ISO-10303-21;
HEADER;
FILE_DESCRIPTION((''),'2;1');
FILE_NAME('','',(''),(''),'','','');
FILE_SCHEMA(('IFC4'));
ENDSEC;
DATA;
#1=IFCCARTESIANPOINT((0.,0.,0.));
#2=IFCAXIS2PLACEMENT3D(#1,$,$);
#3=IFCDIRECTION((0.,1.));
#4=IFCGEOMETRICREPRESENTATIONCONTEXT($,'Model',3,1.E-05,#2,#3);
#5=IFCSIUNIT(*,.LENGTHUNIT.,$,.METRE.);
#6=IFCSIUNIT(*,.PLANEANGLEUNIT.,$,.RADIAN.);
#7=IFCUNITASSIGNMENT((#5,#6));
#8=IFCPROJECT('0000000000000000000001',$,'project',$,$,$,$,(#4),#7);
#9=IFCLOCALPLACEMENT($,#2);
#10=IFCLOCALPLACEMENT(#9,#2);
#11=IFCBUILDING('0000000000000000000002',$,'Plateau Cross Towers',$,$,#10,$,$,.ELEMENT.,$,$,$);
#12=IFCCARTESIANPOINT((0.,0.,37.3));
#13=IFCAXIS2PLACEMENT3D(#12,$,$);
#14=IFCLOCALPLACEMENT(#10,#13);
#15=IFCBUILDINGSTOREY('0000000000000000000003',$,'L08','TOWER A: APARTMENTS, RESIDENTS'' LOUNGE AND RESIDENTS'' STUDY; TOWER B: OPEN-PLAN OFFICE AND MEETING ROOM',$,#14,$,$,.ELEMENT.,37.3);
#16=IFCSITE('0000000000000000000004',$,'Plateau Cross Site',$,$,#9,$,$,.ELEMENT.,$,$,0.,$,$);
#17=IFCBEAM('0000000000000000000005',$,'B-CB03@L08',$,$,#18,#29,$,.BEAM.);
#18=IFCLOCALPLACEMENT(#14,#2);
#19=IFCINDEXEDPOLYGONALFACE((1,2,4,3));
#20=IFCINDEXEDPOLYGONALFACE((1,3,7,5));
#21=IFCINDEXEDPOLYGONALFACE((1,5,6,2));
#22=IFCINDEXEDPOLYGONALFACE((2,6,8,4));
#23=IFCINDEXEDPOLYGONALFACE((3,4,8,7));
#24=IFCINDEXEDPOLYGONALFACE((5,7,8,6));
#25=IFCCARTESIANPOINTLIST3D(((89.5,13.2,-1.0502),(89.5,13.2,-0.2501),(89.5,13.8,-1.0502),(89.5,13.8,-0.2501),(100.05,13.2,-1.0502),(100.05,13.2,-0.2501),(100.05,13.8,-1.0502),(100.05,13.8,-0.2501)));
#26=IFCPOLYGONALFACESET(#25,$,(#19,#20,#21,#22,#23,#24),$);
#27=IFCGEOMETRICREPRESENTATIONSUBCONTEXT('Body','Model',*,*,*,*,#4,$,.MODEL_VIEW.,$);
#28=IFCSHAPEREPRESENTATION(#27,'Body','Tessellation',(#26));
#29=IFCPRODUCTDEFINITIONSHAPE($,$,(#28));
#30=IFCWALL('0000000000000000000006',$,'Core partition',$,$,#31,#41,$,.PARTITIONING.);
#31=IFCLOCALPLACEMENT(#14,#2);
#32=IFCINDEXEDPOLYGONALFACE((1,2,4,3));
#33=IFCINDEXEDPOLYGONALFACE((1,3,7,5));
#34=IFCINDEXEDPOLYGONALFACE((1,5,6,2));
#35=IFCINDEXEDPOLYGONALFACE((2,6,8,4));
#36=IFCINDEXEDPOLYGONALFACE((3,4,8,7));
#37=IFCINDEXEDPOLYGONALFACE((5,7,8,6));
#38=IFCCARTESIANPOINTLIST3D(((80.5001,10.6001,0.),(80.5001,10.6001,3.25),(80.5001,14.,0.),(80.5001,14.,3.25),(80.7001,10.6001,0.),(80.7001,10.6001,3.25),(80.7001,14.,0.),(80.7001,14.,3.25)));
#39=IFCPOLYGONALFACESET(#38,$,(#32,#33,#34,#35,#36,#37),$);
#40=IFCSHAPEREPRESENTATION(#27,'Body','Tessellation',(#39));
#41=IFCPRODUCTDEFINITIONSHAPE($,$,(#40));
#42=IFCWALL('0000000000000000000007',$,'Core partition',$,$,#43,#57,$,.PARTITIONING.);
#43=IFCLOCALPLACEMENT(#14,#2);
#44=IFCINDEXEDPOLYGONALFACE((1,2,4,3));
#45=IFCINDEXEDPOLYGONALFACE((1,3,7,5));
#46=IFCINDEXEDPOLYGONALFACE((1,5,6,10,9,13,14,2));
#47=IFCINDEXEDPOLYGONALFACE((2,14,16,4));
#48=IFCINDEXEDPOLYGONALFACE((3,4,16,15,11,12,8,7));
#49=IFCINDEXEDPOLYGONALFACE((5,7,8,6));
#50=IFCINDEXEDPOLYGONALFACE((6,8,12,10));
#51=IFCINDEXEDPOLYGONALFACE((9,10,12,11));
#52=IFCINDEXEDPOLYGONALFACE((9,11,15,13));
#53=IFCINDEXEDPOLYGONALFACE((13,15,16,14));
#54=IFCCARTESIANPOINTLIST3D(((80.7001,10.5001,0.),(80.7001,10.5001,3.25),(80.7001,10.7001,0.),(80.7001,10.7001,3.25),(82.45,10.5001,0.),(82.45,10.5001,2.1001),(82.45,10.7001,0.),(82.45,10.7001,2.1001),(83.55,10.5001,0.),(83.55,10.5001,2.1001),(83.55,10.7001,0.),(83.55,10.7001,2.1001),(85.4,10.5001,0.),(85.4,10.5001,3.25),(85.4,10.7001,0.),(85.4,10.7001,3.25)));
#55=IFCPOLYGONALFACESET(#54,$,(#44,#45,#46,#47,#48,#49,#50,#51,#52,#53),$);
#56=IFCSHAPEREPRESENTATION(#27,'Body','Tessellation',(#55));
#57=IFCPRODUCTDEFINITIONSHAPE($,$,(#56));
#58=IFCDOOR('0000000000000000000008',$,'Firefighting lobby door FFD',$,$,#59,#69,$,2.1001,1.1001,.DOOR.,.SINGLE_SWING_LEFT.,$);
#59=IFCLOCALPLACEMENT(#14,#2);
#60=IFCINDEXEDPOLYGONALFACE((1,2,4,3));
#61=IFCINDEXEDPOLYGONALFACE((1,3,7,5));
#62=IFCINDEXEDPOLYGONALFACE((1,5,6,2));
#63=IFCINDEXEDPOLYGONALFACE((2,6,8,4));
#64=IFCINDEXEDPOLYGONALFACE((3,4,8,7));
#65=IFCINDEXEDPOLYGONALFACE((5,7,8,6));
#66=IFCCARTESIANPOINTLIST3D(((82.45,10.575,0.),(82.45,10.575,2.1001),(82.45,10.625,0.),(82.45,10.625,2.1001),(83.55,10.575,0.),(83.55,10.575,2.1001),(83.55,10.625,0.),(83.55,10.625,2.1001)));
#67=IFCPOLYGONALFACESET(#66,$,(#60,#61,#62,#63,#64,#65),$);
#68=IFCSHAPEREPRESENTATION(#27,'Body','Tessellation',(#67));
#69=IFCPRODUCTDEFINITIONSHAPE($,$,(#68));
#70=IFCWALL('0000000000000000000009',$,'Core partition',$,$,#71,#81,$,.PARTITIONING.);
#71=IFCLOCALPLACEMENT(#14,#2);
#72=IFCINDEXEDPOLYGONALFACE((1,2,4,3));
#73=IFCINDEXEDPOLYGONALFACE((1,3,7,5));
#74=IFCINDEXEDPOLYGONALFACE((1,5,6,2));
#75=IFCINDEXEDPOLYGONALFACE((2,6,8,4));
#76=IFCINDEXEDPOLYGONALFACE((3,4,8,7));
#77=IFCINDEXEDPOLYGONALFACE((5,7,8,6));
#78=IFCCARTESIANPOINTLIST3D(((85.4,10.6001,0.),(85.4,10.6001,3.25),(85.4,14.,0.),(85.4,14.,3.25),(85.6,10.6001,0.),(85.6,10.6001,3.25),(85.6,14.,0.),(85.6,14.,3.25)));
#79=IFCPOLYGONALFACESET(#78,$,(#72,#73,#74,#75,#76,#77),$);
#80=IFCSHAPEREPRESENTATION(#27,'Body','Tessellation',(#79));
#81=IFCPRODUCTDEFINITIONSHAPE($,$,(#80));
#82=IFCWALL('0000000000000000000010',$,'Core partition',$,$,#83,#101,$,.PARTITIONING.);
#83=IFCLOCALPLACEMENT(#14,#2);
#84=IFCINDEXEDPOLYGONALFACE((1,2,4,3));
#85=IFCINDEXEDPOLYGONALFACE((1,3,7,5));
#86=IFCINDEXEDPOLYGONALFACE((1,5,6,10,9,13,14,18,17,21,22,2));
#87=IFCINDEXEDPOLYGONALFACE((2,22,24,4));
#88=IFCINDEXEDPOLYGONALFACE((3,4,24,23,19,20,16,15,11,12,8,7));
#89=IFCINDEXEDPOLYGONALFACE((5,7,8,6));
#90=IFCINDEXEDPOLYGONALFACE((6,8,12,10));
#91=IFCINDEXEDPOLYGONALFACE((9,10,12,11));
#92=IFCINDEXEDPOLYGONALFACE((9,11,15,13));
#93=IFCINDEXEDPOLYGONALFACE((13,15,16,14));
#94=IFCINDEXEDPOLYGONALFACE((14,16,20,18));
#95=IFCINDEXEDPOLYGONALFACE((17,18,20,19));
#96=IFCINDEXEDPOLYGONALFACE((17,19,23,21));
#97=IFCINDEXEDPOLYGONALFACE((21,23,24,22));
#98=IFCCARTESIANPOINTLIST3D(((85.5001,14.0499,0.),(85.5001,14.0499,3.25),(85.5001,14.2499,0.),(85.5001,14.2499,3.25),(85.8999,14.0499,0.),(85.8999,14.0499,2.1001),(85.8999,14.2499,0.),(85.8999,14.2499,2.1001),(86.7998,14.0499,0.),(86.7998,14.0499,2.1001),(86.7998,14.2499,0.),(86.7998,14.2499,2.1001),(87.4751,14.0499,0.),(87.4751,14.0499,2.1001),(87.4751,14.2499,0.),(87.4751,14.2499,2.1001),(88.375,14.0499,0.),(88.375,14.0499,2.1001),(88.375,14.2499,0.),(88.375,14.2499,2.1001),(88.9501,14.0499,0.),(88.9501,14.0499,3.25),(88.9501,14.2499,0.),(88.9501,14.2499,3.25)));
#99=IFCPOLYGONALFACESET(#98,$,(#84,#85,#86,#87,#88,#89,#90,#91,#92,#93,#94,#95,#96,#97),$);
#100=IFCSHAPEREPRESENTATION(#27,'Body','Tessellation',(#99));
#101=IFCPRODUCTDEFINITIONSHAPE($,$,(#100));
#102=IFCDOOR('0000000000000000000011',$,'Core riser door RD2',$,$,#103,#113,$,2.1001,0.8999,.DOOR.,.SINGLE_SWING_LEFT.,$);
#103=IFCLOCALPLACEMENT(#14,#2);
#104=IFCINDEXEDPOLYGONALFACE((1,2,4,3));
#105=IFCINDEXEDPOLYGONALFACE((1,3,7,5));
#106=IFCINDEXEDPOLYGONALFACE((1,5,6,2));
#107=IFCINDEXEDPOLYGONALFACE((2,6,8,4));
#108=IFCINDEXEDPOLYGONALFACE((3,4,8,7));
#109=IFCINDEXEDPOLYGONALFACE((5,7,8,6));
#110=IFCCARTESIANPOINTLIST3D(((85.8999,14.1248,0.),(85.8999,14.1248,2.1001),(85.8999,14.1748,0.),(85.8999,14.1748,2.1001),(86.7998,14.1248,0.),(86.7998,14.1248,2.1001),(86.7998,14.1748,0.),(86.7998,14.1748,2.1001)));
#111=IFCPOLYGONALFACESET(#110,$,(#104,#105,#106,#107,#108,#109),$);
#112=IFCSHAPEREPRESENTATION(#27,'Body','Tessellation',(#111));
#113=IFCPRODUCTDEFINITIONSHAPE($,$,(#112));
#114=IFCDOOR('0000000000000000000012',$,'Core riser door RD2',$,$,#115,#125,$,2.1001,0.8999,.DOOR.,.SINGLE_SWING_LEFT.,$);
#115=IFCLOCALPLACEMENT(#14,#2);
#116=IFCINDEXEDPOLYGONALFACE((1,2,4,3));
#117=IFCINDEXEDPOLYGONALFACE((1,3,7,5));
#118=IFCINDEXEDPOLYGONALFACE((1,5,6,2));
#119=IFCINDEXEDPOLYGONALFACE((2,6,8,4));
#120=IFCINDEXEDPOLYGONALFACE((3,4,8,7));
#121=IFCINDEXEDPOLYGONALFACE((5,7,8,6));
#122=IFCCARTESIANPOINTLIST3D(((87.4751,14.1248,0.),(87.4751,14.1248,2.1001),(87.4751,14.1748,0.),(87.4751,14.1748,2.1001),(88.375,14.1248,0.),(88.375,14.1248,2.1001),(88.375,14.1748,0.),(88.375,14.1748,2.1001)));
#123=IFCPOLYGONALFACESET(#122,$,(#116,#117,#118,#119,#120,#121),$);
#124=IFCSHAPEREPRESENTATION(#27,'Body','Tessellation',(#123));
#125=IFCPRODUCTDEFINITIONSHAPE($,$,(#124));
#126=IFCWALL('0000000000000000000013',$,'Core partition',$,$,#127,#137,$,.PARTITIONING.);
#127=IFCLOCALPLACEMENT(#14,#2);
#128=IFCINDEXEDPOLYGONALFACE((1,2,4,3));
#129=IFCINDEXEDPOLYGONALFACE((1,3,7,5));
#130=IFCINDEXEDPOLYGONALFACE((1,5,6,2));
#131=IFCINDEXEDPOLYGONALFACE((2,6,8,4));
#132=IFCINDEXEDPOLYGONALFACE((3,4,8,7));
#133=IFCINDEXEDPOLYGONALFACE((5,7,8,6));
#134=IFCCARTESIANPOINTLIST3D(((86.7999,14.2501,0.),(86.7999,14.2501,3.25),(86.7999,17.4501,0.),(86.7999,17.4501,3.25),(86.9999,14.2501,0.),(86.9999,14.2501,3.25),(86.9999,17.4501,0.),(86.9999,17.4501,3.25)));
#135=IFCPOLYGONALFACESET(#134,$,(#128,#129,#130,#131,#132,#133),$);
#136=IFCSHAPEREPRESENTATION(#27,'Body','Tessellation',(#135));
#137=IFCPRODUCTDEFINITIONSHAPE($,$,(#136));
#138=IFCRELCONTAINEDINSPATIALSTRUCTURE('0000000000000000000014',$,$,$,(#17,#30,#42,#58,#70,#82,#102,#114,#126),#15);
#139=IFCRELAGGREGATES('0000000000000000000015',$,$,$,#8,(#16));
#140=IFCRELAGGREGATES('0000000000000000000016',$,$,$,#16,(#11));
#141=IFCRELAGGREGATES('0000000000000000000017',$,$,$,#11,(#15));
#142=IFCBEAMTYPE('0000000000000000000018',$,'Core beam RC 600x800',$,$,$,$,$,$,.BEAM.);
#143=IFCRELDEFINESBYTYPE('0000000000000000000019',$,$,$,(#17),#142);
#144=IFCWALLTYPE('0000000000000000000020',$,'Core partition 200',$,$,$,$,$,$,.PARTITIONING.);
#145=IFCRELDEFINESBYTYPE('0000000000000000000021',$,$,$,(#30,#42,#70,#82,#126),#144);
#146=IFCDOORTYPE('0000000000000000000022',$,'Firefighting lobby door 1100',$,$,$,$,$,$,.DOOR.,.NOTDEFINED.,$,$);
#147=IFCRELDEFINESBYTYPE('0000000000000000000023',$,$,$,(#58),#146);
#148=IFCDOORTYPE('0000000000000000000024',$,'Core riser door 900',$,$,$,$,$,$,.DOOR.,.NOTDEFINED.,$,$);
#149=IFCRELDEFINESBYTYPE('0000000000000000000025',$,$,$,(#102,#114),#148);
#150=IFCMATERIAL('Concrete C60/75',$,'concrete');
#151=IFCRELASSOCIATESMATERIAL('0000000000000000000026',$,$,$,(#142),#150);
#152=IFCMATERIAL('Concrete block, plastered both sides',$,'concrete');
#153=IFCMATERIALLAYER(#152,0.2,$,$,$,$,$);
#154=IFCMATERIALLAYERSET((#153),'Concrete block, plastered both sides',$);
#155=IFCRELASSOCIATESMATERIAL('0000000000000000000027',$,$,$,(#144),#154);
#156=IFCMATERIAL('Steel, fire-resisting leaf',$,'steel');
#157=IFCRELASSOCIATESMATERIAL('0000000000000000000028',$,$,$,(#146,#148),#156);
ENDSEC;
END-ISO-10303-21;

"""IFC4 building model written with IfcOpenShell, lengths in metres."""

from ifc_helpers import new_model, si_unit, direction, frame, frame_2d, origin, origin_2d, place, context, subcontext, project, spatial, rectangle, extrude, material, layer, layer_set, material_profile, profile_set, type_object, element, fill, save


model = new_model("IFC4")

# Units and contexts
model_context = context("Model", 3, precision=1e-05, world=origin(), true_north=direction((0.0, 1.0)))
body_context = subcontext(model_context, "Body", "Model", "MODEL_VIEW")
ifc_project = project(units=[si_unit("LENGTHUNIT", "METRE"), si_unit("PLANEANGLEUNIT", "RADIAN")], contexts=[model_context])

# Site, building, storey
site_placement = place(None, origin())
site = spatial("IfcSite", under=ifc_project, at=site_placement, Name="Plateau Cross Site", CompositionType="ELEMENT", RefElevation=0.0)
building_placement = place(site_placement, origin())
building = spatial("IfcBuilding", under=site, at=building_placement, Name="Plateau Cross Towers", CompositionType="ELEMENT")
storey_placement = place(building_placement, frame((0.0, 0.0, 37.3)))
storey = spatial("IfcBuildingStorey", under=building, at=storey_placement, Name="L08", Description="TOWER A: APARTMENTS, RESIDENTS' LOUNGE AND RESIDENTS' STUDY; TOWER B: OPEN-PLAN OFFICE AND MEETING ROOM", CompositionType="ELEMENT", Elevation=37.3)

# Beam
ifc_material_1 = material(Name="Concrete C60/75", Category="concrete")
ifc_material_profile = material_profile(ifc_material_1, rectangle(XDim=0.6001, YDim=0.8, at=origin_2d()), Name="RC 600x800")
ifc_profile_set = profile_set([ifc_material_profile], Name="Concrete C60/75")
beam_type = type_object("IfcBeamType", Name="Core beam RC 600x800", PredefinedType="BEAM", material=ifc_profile_set)
beam_placement = place(storey_placement, frame((89.5, 13.5, -0.6501), z_axis=(1.0, 0.0, 0.0), x_axis=(0.0, 1.0, 0.0)))
element("IfcBeam", 1, at=beam_placement, inside=storey, type_object=beam_type, Name="B-CB03@L08", PredefinedType="BEAM", context=body_context, shape_type="SweptSolid", body=[
    extrude(rectangle(XDim=0.6001, YDim=0.8, at=origin_2d()), origin(), (0.0, 0.0, 1.0), 10.55),
])

# Wall
ifc_material_2 = material(Name="Concrete block, plastered both sides", Category="concrete")
ifc_layer_1 = layer(ifc_material_2, 0.2)
ifc_layer_set_1 = layer_set([ifc_layer_1], Name="Concrete block, plastered both sides")
wall_type_1 = type_object("IfcWallType", Name="Core partition 200", PredefinedType="PARTITIONING", material=ifc_layer_set_1)
wall_1_placement = place(storey_placement, frame((80.6001, 10.6001, 0.0), z_axis=(0.0, 0.0, 1.0), x_axis=(0.0, 1.0, 0.0)))
element("IfcWall", 2, at=wall_1_placement, inside=storey, type_object=wall_type_1, Name="Core partition", PredefinedType="PARTITIONING", context=body_context, shape_type="SweptSolid", body=[
    extrude(rectangle(XDim=3.3999, YDim=0.2, at=frame_2d((1.7, 0.0))), origin(), (0.0, 0.0, 1.0), 3.25),
])

# Wall, opening, door
wall_2_placement = place(storey_placement, frame((80.7, 10.6001, 0.0), z_axis=(0.0, 0.0, 1.0), x_axis=(1.0, 0.0, 0.0)))
wall_2 = element("IfcWall", 3, at=wall_2_placement, inside=storey, type_object=wall_type_1, Name="Core partition", PredefinedType="PARTITIONING", context=body_context, shape_type="SweptSolid", body=[
    extrude(rectangle(XDim=4.7, YDim=0.2, at=frame_2d((2.3501, 0.0))), origin(), (0.0, 0.0, 1.0), 3.25),
])
opening_1_placement = place(wall_2_placement, frame((1.75, 0.0, 0.0)))
opening_1 = element("IfcOpeningElement", 4, at=opening_1_placement, cuts=wall_2, PredefinedType="OPENING", context=body_context, shape_type="SweptSolid", body=[
    extrude(rectangle(XDim=1.1001, YDim=2.1001, at=frame_2d((0.55, 1.05))), frame((0.0, 0.1099, 0.0), z_axis=(0.0, -1.0, 0.0), x_axis=(1.0, 0.0, 0.0)), (0.0, 0.0, 1.0), 0.22),
])
ifc_material_3 = material(Name="Steel, fire-resisting leaf", Category="steel")
door_type_1 = type_object("IfcDoorType", Name="Firefighting lobby door 1100", OperationType="NOTDEFINED", PredefinedType="DOOR", material=ifc_material_3)
door_1_placement = place(opening_1_placement, origin())
door_1 = element("IfcDoor", 5, at=door_1_placement, inside=storey, type_object=door_type_1, Name="Firefighting lobby door FFD", OperationType="SINGLE_SWING_LEFT", OverallHeight=2.1001, OverallWidth=1.1001, PredefinedType="DOOR", context=body_context, shape_type="SweptSolid", body=[
    extrude(rectangle(XDim=1.1001, YDim=2.1001, at=frame_2d((0.55, 1.05))), frame((0.0, 0.0249, 0.0), z_axis=(0.0, -1.0, 0.0), x_axis=(1.0, 0.0, 0.0)), (0.0, 0.0, 1.0), 0.05),
])
fill(opening_1, door_1)

# Wall
wall_3_placement = place(storey_placement, frame((85.5, 10.6001, 0.0), z_axis=(0.0, 0.0, 1.0), x_axis=(0.0, 1.0, 0.0)))
element("IfcWall", 6, at=wall_3_placement, inside=storey, type_object=wall_type_1, Name="Core partition", PredefinedType="PARTITIONING", context=body_context, shape_type="SweptSolid", body=[
    extrude(rectangle(XDim=3.3999, YDim=0.2, at=frame_2d((1.7, 0.0))), origin(), (0.0, 0.0, 1.0), 3.25),
])

# Wall, openings, doors
wall_4_placement = place(storey_placement, frame((85.5, 14.1499, 0.0), z_axis=(0.0, 0.0, 1.0), x_axis=(1.0, 0.0, 0.0)))
wall_4 = element("IfcWall", 7, at=wall_4_placement, inside=storey, type_object=wall_type_1, Name="Core partition", PredefinedType="PARTITIONING", context=body_context, shape_type="SweptSolid", body=[
    extrude(rectangle(XDim=3.45, YDim=0.2, at=frame_2d((1.7251, 0.0))), origin(), (0.0, 0.0, 1.0), 3.25),
])
opening_2_placement = place(wall_4_placement, frame((0.3999, 0.0, 0.0)))
opening_2 = element("IfcOpeningElement", 8, at=opening_2_placement, cuts=wall_4, PredefinedType="OPENING", context=body_context, shape_type="SweptSolid", body=[
    extrude(rectangle(XDim=0.8999, YDim=2.1001, at=frame_2d((0.45, 1.05))), frame((0.0, 0.1099, 0.0), z_axis=(0.0, -1.0, 0.0), x_axis=(1.0, 0.0, 0.0)), (0.0, 0.0, 1.0), 0.22),
])
opening_3_placement = place(wall_4_placement, frame((1.9751, 0.0, 0.0)))
opening_3 = element("IfcOpeningElement", 9, at=opening_3_placement, cuts=wall_4, PredefinedType="OPENING", context=body_context, shape_type="SweptSolid", body=[
    extrude(rectangle(XDim=0.8999, YDim=2.1001, at=frame_2d((0.45, 1.05))), frame((0.0, 0.1099, 0.0), z_axis=(0.0, -1.0, 0.0), x_axis=(1.0, 0.0, 0.0)), (0.0, 0.0, 1.0), 0.22),
])
door_type_2 = type_object("IfcDoorType", Name="Core riser door 900", OperationType="NOTDEFINED", PredefinedType="DOOR", material=ifc_material_3)
door_2_placement = place(opening_2_placement, origin())
door_2 = element("IfcDoor", 10, at=door_2_placement, inside=storey, type_object=door_type_2, Name="Core riser door RD2", OperationType="SINGLE_SWING_LEFT", OverallHeight=2.1001, OverallWidth=0.8999, PredefinedType="DOOR", context=body_context, shape_type="SweptSolid", body=[
    extrude(rectangle(XDim=0.8999, YDim=2.1001, at=frame_2d((0.45, 1.05))), frame((0.0, 0.0249, 0.0), z_axis=(0.0, -1.0, 0.0), x_axis=(1.0, 0.0, 0.0)), (0.0, 0.0, 1.0), 0.05),
])
fill(opening_2, door_2)
door_3_placement = place(opening_3_placement, origin())
door_3 = element("IfcDoor", 11, at=door_3_placement, inside=storey, type_object=door_type_2, Name="Core riser door RD2", OperationType="SINGLE_SWING_LEFT", OverallHeight=2.1001, OverallWidth=0.8999, PredefinedType="DOOR", context=body_context, shape_type="SweptSolid", body=[
    extrude(rectangle(XDim=0.8999, YDim=2.1001, at=frame_2d((0.45, 1.05))), frame((0.0, 0.0249, 0.0), z_axis=(0.0, -1.0, 0.0), x_axis=(1.0, 0.0, 0.0)), (0.0, 0.0, 1.0), 0.05),
])
fill(opening_3, door_3)

# Wall
wall_5_placement = place(storey_placement, frame((86.8999, 14.25, 0.0), z_axis=(0.0, 0.0, 1.0), x_axis=(0.0, 1.0, 0.0)))
element("IfcWall", 12, at=wall_5_placement, inside=storey, type_object=wall_type_1, Name="Core partition", PredefinedType="PARTITIONING", context=body_context, shape_type="SweptSolid", body=[
    extrude(rectangle(XDim=3.2, YDim=0.2, at=frame_2d((1.6001, 0.0))), origin(), (0.0, 0.0, 1.0), 3.25),
])

save(model, "model.ifc")
